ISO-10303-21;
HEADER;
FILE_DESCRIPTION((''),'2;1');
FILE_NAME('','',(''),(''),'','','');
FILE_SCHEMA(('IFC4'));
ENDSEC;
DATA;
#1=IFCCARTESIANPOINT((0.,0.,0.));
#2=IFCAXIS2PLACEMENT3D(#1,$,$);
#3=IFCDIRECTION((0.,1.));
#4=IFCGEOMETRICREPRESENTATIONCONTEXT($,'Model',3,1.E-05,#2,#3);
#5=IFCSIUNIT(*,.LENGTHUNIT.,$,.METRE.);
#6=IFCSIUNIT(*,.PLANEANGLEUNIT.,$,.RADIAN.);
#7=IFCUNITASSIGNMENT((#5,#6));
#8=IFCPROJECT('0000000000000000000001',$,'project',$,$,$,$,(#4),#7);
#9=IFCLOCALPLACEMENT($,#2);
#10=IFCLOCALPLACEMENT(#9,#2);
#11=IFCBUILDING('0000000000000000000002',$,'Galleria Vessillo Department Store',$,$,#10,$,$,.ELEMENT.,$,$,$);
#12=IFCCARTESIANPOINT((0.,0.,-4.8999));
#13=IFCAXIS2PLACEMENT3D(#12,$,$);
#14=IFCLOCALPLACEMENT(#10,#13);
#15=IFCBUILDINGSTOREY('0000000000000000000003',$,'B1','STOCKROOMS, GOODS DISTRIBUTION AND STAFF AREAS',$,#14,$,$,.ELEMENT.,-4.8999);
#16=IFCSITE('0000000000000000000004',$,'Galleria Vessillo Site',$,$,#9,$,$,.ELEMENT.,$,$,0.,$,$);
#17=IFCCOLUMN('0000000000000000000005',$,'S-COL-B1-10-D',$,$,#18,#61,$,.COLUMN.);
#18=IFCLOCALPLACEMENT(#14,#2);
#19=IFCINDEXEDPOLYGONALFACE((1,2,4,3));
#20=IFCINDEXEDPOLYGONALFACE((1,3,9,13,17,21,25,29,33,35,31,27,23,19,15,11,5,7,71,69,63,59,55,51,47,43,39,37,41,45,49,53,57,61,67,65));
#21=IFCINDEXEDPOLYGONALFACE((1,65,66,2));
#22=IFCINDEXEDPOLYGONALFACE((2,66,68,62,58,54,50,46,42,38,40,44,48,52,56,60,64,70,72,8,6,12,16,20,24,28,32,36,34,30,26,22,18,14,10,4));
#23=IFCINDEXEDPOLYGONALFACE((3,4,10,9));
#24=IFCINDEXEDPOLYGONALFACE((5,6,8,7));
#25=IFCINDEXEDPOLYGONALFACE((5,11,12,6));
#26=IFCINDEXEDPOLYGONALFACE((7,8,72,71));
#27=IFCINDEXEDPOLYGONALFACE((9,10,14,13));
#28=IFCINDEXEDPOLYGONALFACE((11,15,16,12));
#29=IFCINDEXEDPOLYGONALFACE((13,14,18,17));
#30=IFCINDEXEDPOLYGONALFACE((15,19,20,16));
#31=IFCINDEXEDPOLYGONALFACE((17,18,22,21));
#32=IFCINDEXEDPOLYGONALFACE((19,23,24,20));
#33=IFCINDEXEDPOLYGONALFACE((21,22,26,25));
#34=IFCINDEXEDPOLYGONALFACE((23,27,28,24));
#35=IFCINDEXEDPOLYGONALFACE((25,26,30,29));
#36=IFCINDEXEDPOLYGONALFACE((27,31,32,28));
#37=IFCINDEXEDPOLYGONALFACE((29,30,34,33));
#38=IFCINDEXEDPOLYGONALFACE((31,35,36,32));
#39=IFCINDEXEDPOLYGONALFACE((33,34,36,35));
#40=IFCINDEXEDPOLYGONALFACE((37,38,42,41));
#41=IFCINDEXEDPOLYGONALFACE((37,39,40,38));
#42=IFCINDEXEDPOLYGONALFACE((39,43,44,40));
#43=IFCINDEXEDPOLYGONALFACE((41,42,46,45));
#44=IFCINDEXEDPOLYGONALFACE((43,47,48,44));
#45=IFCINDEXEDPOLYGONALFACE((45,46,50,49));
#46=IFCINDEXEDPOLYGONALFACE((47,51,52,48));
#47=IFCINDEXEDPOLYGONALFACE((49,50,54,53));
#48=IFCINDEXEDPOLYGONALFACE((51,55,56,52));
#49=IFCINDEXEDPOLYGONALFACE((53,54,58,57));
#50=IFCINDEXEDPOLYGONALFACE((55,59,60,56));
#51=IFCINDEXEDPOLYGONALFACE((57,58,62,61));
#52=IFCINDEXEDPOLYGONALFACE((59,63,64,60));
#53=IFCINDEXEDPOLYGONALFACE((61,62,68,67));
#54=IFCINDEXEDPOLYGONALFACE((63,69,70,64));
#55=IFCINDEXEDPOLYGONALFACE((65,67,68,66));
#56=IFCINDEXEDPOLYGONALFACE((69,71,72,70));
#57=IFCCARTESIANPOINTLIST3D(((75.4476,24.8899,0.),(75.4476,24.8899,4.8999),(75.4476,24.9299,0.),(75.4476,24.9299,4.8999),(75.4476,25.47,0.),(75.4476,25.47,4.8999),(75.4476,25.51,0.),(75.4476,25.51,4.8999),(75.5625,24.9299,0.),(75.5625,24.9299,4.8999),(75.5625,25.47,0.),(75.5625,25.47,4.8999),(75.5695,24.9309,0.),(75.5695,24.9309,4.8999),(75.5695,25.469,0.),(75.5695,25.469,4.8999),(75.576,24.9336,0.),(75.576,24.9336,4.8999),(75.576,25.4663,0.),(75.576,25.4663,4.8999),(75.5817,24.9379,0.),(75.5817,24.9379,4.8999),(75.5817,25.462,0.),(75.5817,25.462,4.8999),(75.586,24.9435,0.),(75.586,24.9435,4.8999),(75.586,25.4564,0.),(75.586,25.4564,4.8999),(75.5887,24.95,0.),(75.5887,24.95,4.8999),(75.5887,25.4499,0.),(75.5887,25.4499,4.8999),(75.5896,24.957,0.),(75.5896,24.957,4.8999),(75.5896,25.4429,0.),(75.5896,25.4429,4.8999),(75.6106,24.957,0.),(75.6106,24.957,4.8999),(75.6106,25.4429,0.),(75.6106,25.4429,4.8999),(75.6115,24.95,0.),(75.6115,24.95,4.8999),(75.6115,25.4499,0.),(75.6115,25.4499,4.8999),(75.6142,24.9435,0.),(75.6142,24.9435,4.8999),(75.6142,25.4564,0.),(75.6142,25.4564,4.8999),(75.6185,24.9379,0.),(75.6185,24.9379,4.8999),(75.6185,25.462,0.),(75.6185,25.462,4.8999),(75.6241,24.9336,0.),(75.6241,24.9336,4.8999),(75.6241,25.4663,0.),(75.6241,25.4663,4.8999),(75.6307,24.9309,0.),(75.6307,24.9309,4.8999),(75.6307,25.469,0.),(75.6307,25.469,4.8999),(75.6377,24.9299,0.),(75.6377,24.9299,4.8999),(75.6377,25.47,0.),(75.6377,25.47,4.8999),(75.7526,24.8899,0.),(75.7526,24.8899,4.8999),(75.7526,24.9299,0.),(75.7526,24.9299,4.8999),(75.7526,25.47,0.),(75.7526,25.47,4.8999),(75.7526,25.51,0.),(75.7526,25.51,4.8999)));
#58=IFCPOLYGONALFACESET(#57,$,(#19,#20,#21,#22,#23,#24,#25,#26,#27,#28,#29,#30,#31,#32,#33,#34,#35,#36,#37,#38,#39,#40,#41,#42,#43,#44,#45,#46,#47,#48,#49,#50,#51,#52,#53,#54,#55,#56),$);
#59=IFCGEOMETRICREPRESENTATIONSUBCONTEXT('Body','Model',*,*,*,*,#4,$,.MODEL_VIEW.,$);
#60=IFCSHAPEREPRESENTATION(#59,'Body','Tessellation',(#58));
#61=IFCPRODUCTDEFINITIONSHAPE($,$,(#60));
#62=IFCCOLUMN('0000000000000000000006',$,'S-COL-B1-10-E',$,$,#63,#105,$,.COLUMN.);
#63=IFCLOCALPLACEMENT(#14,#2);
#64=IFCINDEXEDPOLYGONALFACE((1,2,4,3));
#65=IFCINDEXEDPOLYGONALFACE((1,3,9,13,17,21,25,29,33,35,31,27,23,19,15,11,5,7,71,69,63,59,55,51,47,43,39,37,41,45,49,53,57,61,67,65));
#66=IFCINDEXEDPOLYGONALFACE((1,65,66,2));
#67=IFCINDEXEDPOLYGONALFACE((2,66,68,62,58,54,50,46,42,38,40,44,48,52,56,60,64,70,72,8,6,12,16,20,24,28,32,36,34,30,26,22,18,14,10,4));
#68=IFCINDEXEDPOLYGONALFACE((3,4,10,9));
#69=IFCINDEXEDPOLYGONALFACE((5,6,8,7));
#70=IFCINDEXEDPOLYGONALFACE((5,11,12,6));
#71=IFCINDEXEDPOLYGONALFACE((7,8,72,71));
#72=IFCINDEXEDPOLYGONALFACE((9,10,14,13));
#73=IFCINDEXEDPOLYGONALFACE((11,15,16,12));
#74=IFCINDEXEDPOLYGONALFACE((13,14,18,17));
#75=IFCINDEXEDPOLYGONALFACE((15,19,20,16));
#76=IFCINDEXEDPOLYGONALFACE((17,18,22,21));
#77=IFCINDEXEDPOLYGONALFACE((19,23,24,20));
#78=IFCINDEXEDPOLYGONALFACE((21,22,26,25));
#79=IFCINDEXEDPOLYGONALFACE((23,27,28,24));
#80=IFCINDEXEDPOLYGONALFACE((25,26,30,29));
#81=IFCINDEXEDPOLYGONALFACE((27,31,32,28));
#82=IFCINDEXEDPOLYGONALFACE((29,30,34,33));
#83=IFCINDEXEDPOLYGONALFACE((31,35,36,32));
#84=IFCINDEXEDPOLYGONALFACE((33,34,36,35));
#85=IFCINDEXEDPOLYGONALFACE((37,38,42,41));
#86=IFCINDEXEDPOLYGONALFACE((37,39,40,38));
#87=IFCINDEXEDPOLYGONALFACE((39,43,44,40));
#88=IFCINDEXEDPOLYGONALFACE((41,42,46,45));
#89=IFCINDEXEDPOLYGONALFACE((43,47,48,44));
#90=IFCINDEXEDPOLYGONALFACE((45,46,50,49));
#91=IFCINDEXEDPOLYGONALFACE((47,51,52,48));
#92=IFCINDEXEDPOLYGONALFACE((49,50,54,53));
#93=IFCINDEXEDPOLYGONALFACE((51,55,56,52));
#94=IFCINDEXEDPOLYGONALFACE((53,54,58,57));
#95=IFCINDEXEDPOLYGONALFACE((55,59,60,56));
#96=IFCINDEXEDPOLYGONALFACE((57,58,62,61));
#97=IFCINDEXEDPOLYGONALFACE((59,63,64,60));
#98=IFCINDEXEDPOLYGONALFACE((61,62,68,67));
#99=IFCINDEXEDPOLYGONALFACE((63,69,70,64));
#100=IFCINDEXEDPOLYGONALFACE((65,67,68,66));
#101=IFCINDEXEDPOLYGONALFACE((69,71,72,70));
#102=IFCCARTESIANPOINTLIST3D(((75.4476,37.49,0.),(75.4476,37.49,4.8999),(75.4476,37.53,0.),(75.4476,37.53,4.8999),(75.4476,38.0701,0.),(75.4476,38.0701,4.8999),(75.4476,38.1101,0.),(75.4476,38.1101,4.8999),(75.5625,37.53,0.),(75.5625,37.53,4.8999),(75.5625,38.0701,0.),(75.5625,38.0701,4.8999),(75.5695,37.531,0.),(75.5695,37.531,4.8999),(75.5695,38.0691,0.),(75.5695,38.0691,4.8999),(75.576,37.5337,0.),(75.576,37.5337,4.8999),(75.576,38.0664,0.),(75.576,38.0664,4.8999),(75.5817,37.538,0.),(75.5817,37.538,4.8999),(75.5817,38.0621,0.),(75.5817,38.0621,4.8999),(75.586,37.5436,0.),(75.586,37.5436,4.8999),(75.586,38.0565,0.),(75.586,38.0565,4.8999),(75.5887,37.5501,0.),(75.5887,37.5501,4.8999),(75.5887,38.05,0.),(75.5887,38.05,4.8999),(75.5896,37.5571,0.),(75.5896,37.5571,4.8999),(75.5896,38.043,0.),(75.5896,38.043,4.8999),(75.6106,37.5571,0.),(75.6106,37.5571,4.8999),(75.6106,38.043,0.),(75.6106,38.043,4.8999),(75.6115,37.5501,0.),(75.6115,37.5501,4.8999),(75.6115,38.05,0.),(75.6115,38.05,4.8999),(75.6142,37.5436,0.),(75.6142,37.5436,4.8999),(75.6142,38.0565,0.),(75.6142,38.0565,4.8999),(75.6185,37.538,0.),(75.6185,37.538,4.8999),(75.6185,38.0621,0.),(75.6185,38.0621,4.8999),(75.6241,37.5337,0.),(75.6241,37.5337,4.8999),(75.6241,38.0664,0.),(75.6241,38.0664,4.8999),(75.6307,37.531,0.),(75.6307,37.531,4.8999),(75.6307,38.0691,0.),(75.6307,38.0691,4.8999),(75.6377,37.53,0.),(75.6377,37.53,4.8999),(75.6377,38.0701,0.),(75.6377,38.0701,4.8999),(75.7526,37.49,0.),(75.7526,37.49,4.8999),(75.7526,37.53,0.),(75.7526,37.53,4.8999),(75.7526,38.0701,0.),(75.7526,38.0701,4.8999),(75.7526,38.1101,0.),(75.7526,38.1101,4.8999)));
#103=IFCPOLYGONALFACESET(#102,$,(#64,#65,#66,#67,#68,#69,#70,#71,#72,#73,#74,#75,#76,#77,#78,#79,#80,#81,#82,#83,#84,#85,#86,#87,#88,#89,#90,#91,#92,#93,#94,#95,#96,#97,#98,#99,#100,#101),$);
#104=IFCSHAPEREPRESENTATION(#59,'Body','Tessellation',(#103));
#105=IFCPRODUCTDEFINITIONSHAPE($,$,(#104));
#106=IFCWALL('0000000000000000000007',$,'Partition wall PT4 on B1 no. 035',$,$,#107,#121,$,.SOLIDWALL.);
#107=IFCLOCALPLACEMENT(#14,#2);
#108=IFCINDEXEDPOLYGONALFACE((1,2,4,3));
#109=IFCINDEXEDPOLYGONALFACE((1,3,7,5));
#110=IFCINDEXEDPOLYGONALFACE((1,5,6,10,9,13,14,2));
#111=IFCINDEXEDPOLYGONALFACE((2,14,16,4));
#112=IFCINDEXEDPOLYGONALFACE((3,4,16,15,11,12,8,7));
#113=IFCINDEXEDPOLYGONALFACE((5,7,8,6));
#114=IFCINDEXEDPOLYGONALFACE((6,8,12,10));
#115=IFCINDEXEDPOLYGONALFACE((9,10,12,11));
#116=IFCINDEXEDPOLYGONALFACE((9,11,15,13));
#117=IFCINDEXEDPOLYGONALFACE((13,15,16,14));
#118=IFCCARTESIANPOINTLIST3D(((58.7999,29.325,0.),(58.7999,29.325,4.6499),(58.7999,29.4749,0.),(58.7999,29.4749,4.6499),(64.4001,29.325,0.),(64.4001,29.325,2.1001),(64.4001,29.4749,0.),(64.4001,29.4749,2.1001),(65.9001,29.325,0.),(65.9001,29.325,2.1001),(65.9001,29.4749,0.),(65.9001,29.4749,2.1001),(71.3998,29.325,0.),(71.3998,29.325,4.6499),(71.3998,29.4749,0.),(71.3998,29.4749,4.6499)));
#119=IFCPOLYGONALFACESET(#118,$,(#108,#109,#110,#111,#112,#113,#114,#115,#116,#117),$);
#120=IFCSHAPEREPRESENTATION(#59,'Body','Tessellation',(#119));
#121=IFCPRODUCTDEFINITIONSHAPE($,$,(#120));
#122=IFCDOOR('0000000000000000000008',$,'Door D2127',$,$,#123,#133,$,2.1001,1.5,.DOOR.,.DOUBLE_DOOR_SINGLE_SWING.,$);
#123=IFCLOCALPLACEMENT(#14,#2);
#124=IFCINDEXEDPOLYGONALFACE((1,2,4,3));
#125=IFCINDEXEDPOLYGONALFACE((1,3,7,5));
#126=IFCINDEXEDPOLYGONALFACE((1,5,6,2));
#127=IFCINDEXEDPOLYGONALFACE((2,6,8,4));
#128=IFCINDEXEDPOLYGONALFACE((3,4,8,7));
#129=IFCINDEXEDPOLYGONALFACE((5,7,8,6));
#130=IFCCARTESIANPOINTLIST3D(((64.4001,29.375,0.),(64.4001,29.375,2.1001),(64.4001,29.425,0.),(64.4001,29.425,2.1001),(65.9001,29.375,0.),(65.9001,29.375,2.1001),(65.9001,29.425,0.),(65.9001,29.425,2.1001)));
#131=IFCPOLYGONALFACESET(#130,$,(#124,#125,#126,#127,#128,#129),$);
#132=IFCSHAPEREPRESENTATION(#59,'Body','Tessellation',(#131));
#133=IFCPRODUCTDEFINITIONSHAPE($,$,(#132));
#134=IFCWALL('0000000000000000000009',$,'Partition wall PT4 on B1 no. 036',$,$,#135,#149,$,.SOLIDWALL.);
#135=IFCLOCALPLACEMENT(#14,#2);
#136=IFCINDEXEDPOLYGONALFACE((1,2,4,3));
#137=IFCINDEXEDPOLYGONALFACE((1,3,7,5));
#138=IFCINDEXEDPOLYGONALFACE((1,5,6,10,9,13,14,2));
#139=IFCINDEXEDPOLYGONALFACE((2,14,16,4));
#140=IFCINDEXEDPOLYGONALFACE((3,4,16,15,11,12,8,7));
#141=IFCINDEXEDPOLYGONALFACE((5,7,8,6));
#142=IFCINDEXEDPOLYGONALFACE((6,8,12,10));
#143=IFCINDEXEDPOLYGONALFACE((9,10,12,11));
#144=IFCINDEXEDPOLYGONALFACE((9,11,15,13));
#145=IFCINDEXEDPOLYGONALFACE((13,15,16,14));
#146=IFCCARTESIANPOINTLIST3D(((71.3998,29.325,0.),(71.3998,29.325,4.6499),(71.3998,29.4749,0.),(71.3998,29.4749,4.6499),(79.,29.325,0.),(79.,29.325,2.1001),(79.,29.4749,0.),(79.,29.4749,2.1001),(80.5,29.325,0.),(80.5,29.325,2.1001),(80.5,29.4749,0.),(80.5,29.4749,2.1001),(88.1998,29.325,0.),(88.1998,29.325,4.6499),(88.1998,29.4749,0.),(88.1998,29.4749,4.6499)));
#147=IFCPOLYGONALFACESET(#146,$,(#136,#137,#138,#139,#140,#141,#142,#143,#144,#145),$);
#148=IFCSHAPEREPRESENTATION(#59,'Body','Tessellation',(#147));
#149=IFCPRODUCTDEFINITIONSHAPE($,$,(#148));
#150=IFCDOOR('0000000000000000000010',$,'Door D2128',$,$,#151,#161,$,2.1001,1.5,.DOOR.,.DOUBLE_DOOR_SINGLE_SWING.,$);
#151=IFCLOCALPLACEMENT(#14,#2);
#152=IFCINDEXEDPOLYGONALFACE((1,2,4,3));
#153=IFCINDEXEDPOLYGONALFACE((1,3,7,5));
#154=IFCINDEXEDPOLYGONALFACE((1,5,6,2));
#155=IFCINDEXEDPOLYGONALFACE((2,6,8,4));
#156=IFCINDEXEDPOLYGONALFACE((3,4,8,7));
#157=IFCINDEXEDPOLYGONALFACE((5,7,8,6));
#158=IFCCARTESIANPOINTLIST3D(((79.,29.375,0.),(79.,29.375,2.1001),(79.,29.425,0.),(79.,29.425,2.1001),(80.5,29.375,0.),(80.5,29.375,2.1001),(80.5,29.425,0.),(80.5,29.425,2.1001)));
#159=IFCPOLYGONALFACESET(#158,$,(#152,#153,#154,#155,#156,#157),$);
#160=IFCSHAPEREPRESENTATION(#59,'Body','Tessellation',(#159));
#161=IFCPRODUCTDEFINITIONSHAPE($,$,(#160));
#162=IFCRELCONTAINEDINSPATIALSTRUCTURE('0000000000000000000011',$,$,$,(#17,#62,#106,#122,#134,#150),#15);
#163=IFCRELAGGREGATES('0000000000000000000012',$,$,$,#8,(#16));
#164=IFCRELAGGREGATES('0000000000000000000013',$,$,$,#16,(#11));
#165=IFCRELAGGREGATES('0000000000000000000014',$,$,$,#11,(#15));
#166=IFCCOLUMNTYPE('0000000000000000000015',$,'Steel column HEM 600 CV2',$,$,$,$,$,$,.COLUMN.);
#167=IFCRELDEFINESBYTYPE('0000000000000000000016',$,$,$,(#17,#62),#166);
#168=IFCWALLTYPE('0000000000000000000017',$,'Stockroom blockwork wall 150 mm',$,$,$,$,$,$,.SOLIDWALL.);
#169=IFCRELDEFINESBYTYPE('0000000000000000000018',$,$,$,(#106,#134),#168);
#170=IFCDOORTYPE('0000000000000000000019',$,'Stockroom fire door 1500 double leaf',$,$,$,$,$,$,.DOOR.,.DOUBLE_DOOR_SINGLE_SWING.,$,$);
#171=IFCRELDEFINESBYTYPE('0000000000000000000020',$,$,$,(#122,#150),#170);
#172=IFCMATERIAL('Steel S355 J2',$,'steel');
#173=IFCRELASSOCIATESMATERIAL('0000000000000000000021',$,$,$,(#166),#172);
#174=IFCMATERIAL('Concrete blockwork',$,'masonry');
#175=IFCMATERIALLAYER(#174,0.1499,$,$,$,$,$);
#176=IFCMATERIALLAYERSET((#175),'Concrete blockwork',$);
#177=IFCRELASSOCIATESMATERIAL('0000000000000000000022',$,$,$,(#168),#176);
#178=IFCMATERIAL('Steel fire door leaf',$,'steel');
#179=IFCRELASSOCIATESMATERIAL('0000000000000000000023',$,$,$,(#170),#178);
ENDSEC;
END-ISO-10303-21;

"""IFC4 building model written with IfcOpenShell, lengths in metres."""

from ifc_helpers import new_model, si_unit, direction, frame, frame_2d, origin, origin_2d, place, context, subcontext, project, spatial, rectangle, i_section, extrude, material, layer, layer_set, material_profile, profile_set, type_object, element, fill, save


model = new_model("IFC4")

# Units and contexts
model_context = context("Model", 3, precision=1e-05, world=origin(), true_north=direction((0.0, 1.0)))
body_context = subcontext(model_context, "Body", "Model", "MODEL_VIEW")
ifc_project = project(units=[si_unit("LENGTHUNIT", "METRE"), si_unit("PLANEANGLEUNIT", "RADIAN")], contexts=[model_context])

# Site, building, storey
site_placement = place(None, origin())
site = spatial("IfcSite", under=ifc_project, at=site_placement, Name="Galleria Vessillo Site", CompositionType="ELEMENT", RefElevation=0.0)
building_placement = place(site_placement, origin())
building = spatial("IfcBuilding", under=site, at=building_placement, Name="Galleria Vessillo Department Store", CompositionType="ELEMENT")
storey_placement = place(building_placement, frame((0.0, 0.0, -4.8999)))
storey = spatial("IfcBuildingStorey", under=building, at=storey_placement, Name="B1", Description="STOCKROOMS, GOODS DISTRIBUTION AND STAFF AREAS", CompositionType="ELEMENT", Elevation=-4.8999)

# Columns
ifc_material_1 = material(Name="Steel S355 J2", Category="steel")
ifc_material_profile_1 = material_profile(ifc_material_1, i_section(OverallWidth=0.3049, OverallDepth=0.6201, WebThickness=0.021, FlangeThickness=0.04, FilletRadius=0.0271, at=origin_2d()), Name="HEM 600")
ifc_profile_set_1 = profile_set([ifc_material_profile_1], Name="Steel S355 J2")
column_type_1 = type_object("IfcColumnType", Name="Steel column HEM 600 CV2", PredefinedType="COLUMN", material=ifc_profile_set_1)
for number, where, z_axis, x_axis, name in (
    (1, (75.6001, 25.2, 0.0), (0.0, 0.0, 1.0), (1.0, 0.0, 0.0), "S-COL-B1-10-D"),
    (2, (75.6001, 37.8, 0.0), (0.0, 0.0, 1.0), (1.0, 0.0, 0.0), "S-COL-B1-10-E"),
):
    element("IfcColumn", number, at=place(storey_placement, frame(where, z_axis=z_axis, x_axis=x_axis)), inside=storey, type_object=column_type_1, Name=name, PredefinedType="COLUMN", context=body_context, shape_type="SweptSolid", body=[
        extrude(i_section(OverallWidth=0.3049, OverallDepth=0.6201, WebThickness=0.021, FlangeThickness=0.04, FilletRadius=0.0271, at=origin_2d()), origin(), (0.0, 0.0, 1.0), 4.8999),
    ])

# Walls, openings, doors
ifc_material_2 = material(Name="Concrete blockwork", Category="masonry")
ifc_layer = layer(ifc_material_2, 0.1499)
ifc_layer_set = layer_set([ifc_layer], Name="Concrete blockwork")
wall_type = type_object("IfcWallType", Name="Stockroom blockwork wall 150 mm", PredefinedType="SOLIDWALL", material=ifc_layer_set)
wall_1_placement = place(storey_placement, frame((58.8, 29.3999, 0.0), z_axis=(0.0, 0.0, 1.0), x_axis=(1.0, 0.0, 0.0)))
wall_1 = element("IfcWall", 3, at=wall_1_placement, inside=storey, type_object=wall_type, Name="Partition wall PT4 on B1 no. 035", PredefinedType="SOLIDWALL", context=body_context, shape_type="SweptSolid", body=[
    extrude(rectangle(XDim=12.5999, YDim=0.1499, at=frame_2d((6.2998, 0.0))), origin(), (0.0, 0.0, 1.0), 4.6499),
])
opening_1_placement = place(wall_1_placement, frame((5.6001, 0.0, 0.0)))
opening_1 = element("IfcOpeningElement", 4, at=opening_1_placement, cuts=wall_1, PredefinedType="OPENING", context=body_context, shape_type="SweptSolid", body=[
    extrude(rectangle(XDim=1.5, YDim=2.1001, at=frame_2d((0.75, 1.05))), frame((0.0, 0.085, 0.0), z_axis=(0.0, -1.0, 0.0), x_axis=(1.0, 0.0, 0.0)), (0.0, 0.0, 1.0), 0.1699),
])
ifc_material_3 = material(Name="Steel fire door leaf", Category="steel")
door_type = type_object("IfcDoorType", Name="Stockroom fire door 1500 double leaf", OperationType="DOUBLE_DOOR_SINGLE_SWING", PredefinedType="DOOR", material=ifc_material_3)
door_1_placement = place(opening_1_placement, frame((1.5, 0.0, 0.0), z_axis=(0.0, 0.0, 1.0), x_axis=(-1.0, 0.0, 0.0)))
door_1 = element("IfcDoor", 5, at=door_1_placement, inside=storey, type_object=door_type, Name="Door D2127", OperationType="DOUBLE_DOOR_SINGLE_SWING", OverallHeight=2.1001, OverallWidth=1.5, PredefinedType="DOOR", context=body_context, shape_type="SweptSolid", body=[
    extrude(rectangle(XDim=1.5, YDim=2.1001, at=frame_2d((0.75, 1.05))), frame((0.0, 0.0249, 0.0), z_axis=(0.0, -1.0, 0.0), x_axis=(1.0, 0.0, 0.0)), (0.0, 0.0, 1.0), 0.05),
])
fill(opening_1, door_1)
wall_2_placement = place(storey_placement, frame((71.3999, 29.3999, 0.0), z_axis=(0.0, 0.0, 1.0), x_axis=(1.0, 0.0, 0.0)))
wall_2 = element("IfcWall", 6, at=wall_2_placement, inside=storey, type_object=wall_type, Name="Partition wall PT4 on B1 no. 036", PredefinedType="SOLIDWALL", context=body_context, shape_type="SweptSolid", body=[
    extrude(rectangle(XDim=16.8, YDim=0.1499, at=frame_2d((8.3999, 0.0))), origin(), (0.0, 0.0, 1.0), 4.6499),
])
opening_2_placement = place(wall_2_placement, frame((7.6001, 0.0, 0.0)))
opening_2 = element("IfcOpeningElement", 7, at=opening_2_placement, cuts=wall_2, PredefinedType="OPENING", context=body_context, shape_type="SweptSolid", body=[
    extrude(rectangle(XDim=1.5, YDim=2.1001, at=frame_2d((0.75, 1.05))), frame((0.0, 0.085, 0.0), z_axis=(0.0, -1.0, 0.0), x_axis=(1.0, 0.0, 0.0)), (0.0, 0.0, 1.0), 0.1699),
])
door_2_placement = place(opening_2_placement, frame((1.5, 0.0, 0.0), z_axis=(0.0, 0.0, 1.0), x_axis=(-1.0, 0.0, 0.0)))
door_2 = element("IfcDoor", 8, at=door_2_placement, inside=storey, type_object=door_type, Name="Door D2128", OperationType="DOUBLE_DOOR_SINGLE_SWING", OverallHeight=2.1001, OverallWidth=1.5, PredefinedType="DOOR", context=body_context, shape_type="SweptSolid", body=[
    extrude(rectangle(XDim=1.5, YDim=2.1001, at=frame_2d((0.75, 1.05))), frame((0.0, 0.0249, 0.0), z_axis=(0.0, -1.0, 0.0), x_axis=(1.0, 0.0, 0.0)), (0.0, 0.0, 1.0), 0.05),
])
fill(opening_2, door_2)

save(model, "model.ifc")
